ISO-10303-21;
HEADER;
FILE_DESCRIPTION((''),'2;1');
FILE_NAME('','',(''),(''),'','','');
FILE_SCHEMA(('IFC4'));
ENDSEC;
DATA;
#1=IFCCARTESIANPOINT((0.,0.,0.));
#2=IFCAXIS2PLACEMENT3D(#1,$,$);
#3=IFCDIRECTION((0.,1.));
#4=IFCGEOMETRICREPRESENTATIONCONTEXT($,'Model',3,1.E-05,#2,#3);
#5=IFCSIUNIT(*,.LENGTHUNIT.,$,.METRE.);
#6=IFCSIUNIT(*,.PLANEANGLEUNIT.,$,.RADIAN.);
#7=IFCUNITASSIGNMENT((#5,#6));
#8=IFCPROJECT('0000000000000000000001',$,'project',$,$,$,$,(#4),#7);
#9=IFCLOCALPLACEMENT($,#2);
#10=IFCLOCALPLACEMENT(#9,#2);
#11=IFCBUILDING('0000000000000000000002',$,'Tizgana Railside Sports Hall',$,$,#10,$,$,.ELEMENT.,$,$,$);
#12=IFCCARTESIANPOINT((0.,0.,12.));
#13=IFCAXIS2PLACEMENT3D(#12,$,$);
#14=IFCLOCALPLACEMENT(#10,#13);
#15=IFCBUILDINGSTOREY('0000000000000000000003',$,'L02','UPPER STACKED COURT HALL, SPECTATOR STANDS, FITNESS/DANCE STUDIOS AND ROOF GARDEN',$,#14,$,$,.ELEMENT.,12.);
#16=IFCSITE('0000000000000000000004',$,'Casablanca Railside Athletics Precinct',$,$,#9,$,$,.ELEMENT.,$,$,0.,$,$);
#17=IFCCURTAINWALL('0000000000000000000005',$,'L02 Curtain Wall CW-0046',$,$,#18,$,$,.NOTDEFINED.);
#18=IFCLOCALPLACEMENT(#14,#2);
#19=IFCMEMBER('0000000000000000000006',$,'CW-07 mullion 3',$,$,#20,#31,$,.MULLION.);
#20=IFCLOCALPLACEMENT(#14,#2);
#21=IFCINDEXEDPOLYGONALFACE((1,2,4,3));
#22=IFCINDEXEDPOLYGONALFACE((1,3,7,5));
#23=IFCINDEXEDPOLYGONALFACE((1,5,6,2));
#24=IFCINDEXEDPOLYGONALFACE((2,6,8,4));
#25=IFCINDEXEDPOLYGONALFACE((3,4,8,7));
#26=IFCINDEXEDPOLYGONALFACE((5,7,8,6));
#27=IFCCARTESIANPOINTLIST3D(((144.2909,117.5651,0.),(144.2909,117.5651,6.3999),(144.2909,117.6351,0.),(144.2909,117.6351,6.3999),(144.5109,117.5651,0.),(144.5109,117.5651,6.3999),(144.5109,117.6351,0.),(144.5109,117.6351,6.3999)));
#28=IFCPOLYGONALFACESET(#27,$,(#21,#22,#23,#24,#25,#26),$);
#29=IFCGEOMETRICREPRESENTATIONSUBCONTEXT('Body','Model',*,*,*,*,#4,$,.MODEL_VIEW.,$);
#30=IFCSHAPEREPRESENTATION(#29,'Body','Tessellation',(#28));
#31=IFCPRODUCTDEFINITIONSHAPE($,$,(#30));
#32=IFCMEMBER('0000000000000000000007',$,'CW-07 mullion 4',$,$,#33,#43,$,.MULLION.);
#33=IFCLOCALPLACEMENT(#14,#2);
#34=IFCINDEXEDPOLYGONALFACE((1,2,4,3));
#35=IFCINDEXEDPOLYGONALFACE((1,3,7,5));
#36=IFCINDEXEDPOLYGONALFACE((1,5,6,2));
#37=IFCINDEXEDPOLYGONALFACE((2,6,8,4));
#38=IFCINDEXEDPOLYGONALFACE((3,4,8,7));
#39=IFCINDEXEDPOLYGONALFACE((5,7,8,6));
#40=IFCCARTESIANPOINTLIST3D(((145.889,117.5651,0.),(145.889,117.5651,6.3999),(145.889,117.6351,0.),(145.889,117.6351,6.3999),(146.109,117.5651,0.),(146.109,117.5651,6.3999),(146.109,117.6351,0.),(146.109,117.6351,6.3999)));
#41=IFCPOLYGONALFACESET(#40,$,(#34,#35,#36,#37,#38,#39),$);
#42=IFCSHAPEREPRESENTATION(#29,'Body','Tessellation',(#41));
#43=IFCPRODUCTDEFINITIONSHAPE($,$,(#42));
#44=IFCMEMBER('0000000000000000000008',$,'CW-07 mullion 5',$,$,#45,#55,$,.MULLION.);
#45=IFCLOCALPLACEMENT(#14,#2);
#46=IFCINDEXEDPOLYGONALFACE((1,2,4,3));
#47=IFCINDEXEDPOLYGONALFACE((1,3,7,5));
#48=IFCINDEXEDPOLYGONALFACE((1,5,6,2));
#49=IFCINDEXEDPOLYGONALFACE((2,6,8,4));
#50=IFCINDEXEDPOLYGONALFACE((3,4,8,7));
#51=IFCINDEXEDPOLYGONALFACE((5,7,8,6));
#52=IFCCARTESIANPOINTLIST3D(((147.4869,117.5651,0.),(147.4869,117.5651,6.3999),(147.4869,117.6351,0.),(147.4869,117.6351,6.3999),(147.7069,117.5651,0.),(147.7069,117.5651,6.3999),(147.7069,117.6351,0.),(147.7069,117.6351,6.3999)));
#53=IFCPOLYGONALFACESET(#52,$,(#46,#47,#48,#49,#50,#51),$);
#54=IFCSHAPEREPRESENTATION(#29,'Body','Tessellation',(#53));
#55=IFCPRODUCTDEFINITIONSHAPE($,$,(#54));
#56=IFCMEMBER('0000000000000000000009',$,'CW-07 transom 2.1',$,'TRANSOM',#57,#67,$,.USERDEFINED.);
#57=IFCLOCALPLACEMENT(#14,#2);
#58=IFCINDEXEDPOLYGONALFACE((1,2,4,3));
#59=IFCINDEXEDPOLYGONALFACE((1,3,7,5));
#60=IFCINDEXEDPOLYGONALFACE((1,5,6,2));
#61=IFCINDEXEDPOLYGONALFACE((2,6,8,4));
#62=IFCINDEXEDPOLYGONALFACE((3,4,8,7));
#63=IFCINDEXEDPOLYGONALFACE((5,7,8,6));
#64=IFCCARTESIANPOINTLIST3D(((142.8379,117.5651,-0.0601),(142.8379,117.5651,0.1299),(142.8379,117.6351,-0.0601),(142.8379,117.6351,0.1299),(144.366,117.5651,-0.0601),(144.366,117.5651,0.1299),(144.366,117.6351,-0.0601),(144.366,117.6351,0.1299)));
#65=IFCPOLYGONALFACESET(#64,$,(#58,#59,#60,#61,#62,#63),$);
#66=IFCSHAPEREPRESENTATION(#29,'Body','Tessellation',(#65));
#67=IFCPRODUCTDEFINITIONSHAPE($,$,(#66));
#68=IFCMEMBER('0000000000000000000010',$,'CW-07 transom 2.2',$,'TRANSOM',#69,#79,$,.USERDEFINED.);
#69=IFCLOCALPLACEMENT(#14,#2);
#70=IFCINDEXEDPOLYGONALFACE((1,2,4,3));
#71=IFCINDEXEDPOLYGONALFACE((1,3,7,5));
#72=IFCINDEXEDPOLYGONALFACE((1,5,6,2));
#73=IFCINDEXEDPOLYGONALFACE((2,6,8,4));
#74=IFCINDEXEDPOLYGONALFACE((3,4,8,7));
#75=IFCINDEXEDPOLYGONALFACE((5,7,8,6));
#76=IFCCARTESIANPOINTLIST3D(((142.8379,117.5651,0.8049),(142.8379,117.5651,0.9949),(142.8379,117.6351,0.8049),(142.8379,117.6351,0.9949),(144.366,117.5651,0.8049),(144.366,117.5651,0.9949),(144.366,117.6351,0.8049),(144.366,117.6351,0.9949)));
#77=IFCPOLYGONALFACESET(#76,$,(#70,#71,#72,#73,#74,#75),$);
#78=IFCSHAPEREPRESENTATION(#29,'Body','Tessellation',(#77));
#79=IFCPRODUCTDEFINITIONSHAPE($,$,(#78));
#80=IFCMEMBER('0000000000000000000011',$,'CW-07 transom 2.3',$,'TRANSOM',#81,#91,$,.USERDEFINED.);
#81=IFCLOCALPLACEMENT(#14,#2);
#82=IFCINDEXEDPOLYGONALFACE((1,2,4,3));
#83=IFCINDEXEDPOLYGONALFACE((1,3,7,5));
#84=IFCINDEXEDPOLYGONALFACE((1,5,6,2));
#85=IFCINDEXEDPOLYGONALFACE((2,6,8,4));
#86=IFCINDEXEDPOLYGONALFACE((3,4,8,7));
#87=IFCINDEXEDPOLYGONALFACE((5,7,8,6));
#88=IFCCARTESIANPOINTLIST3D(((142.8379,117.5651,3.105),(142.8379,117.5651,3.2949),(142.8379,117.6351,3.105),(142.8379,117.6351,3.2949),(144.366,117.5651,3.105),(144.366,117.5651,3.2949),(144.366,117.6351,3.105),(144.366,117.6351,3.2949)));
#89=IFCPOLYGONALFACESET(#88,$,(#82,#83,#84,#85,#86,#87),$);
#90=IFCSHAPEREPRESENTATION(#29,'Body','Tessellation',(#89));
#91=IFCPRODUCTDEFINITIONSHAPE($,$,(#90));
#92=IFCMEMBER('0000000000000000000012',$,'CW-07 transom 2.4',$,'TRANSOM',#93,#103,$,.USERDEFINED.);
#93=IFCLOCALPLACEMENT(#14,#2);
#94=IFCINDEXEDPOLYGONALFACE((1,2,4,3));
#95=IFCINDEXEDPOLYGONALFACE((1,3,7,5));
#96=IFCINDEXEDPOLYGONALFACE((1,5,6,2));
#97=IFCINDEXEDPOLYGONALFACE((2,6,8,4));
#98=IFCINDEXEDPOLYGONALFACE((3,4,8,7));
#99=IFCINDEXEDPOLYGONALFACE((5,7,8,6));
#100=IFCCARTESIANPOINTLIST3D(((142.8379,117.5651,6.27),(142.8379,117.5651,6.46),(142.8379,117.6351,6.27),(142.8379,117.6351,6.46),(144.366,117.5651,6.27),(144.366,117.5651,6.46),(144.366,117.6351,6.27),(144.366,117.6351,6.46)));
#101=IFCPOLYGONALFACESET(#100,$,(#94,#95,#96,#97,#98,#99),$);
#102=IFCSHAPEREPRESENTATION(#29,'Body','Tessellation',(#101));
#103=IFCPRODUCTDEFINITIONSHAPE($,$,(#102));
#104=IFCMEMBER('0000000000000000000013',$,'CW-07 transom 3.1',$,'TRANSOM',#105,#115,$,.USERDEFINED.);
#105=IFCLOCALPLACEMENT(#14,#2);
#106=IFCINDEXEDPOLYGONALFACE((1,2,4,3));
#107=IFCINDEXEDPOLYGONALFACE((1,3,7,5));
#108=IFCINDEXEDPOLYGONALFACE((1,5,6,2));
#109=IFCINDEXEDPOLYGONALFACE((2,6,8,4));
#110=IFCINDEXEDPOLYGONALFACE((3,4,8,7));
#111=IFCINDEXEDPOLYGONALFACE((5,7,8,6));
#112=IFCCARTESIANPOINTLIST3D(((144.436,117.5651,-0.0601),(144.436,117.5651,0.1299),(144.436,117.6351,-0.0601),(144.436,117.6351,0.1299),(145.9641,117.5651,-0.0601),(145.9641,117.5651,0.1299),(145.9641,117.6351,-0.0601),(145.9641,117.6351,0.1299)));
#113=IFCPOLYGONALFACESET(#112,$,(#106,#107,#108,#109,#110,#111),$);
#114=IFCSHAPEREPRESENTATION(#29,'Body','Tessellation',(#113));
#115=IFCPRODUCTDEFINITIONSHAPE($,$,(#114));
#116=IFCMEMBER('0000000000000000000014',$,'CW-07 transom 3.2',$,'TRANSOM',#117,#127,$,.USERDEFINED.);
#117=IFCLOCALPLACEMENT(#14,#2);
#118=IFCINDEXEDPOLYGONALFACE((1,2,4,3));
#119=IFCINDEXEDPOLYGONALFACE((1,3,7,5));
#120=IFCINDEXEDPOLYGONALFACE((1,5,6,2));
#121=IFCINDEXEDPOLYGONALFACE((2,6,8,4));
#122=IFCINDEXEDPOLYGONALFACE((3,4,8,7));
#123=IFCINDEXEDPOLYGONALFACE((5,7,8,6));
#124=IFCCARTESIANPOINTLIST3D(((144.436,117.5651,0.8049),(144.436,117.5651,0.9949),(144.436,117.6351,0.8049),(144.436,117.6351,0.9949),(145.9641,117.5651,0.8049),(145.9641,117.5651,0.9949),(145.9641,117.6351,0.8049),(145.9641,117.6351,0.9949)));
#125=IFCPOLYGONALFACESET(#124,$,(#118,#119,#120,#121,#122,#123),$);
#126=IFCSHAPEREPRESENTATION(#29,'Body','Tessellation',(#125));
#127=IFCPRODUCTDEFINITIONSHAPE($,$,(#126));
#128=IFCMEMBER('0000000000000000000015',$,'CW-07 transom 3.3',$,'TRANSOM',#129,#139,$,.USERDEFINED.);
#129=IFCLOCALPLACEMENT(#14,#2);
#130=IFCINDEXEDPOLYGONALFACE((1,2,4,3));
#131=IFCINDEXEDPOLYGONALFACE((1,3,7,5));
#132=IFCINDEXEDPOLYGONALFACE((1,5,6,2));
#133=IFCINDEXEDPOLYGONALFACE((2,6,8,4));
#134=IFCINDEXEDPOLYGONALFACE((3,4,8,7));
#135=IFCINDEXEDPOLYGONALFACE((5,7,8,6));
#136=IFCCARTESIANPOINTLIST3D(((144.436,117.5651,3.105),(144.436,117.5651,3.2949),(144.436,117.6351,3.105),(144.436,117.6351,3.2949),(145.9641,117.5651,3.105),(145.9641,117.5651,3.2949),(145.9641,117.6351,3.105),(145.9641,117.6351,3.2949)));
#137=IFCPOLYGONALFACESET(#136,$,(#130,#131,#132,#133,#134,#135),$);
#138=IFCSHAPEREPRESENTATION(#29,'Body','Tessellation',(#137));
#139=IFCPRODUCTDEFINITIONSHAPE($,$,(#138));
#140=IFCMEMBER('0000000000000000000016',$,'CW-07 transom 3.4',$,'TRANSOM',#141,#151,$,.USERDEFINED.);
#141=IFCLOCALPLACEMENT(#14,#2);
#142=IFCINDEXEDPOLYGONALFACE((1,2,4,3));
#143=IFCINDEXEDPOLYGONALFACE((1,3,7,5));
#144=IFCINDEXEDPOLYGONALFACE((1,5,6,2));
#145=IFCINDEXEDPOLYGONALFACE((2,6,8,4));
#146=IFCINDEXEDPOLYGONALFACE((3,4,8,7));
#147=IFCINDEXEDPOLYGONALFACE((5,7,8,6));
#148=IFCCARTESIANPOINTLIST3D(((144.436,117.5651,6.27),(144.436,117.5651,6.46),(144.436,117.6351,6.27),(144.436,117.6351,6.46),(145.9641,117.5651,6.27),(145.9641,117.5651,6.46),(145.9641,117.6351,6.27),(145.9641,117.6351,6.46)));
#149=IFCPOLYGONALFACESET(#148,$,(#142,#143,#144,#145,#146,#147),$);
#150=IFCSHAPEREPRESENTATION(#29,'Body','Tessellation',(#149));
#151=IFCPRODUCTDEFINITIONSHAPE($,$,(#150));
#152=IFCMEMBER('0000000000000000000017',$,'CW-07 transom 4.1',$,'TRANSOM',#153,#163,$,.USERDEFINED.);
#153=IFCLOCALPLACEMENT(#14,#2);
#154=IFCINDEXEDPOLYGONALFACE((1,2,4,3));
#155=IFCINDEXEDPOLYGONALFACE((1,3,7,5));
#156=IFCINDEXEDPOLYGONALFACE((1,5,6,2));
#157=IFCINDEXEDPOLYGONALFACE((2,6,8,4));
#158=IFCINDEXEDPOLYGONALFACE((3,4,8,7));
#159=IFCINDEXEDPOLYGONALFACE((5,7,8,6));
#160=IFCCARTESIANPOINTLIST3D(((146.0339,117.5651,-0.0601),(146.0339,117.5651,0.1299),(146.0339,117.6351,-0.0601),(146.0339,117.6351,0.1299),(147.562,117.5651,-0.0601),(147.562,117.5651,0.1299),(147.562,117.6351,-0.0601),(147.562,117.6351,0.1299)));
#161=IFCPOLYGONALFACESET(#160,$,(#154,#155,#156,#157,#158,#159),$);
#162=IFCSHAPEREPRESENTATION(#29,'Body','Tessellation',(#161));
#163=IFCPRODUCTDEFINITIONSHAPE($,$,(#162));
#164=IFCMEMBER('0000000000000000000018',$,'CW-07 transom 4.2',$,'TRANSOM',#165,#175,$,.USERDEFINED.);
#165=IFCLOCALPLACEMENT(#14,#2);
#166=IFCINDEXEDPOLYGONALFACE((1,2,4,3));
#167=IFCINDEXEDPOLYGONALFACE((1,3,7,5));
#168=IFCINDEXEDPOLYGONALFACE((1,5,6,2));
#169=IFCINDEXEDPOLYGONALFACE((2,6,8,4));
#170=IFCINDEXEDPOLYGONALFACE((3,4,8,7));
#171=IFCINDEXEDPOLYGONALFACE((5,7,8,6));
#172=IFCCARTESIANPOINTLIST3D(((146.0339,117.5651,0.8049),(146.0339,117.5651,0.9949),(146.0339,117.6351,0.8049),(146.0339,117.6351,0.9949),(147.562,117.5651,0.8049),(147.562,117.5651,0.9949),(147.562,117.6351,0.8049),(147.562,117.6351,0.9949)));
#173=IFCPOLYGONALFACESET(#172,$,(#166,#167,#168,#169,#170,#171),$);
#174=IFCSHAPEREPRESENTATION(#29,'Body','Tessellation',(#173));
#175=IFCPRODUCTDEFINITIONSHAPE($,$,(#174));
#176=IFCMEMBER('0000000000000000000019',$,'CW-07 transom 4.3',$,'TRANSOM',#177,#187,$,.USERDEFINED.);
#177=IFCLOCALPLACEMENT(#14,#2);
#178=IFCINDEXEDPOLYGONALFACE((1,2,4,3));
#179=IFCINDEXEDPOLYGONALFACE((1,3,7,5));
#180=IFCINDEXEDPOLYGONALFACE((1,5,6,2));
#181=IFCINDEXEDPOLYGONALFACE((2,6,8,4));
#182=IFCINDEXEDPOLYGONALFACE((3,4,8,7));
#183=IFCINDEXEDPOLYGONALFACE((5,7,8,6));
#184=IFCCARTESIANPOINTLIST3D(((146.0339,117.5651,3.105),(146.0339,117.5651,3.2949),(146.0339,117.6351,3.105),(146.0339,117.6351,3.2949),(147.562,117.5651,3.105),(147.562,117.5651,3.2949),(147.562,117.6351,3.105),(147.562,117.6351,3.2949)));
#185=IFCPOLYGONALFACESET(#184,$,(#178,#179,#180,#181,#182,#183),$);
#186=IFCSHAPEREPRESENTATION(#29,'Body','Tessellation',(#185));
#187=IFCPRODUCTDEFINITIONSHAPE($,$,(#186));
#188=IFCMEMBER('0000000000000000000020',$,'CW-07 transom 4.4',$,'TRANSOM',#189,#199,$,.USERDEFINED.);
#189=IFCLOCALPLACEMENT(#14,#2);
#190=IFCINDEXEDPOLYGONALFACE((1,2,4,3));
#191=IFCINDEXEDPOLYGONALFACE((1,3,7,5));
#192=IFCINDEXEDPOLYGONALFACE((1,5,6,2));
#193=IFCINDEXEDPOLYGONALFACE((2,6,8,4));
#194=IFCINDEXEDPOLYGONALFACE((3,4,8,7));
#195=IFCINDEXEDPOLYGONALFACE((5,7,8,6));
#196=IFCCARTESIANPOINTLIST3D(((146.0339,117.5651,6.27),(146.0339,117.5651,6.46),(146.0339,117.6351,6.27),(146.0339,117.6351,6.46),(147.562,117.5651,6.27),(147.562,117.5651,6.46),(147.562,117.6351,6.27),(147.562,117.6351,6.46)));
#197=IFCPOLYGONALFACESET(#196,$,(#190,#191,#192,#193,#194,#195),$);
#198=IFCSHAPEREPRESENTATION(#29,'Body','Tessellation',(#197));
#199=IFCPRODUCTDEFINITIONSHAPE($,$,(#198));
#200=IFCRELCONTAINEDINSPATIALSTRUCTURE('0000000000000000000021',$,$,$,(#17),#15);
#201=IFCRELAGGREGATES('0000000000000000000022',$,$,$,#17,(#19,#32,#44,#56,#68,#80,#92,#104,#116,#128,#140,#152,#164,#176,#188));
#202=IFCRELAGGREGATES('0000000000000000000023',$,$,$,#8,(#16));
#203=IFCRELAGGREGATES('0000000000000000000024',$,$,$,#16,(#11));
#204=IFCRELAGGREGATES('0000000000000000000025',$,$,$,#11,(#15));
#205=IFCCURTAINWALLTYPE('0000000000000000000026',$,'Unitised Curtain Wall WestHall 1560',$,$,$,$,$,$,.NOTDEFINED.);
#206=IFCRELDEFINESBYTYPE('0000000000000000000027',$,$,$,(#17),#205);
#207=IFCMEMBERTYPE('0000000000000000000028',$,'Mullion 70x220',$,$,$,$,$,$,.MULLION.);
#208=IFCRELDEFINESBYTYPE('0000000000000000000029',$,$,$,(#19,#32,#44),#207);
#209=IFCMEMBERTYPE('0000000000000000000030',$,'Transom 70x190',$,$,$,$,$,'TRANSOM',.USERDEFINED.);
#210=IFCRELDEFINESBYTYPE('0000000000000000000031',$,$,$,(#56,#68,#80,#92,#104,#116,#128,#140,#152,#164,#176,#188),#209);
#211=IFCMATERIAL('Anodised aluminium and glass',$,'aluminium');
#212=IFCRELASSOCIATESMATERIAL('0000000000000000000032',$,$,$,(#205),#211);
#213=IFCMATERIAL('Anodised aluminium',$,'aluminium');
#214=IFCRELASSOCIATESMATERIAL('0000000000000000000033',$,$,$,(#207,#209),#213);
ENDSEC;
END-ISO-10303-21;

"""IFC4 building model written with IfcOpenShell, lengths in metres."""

from ifc_helpers import new_model, si_unit, direction, frame, origin, origin_2d, place, context, subcontext, project, spatial, rectangle, extrude, material, material_profile, profile_set, type_object, element, aggregate, save


model = new_model("IFC4")

# Units and contexts
model_context = context("Model", 3, precision=1e-05, world=origin(), true_north=direction((0.0, 1.0)))
body_context = subcontext(model_context, "Body", "Model", "MODEL_VIEW")
ifc_project = project(units=[si_unit("LENGTHUNIT", "METRE"), si_unit("PLANEANGLEUNIT", "RADIAN")], contexts=[model_context])

# Site, building, storey
site_placement = place(None, origin())
site = spatial("IfcSite", under=ifc_project, at=site_placement, Name="Casablanca Railside Athletics Precinct", CompositionType="ELEMENT", RefElevation=0.0)
building_placement = place(site_placement, origin())
building = spatial("IfcBuilding", under=site, at=building_placement, Name="Tizgana Railside Sports Hall", CompositionType="ELEMENT")
storey_placement = place(building_placement, frame((0.0, 0.0, 12.0)))
storey = spatial("IfcBuildingStorey", under=building, at=storey_placement, Name="L02", Description="UPPER STACKED COURT HALL, SPECTATOR STANDS, FITNESS/DANCE STUDIOS AND ROOF GARDEN", CompositionType="ELEMENT", Elevation=12.0)

# Curtain wall, members
ifc_material_1 = material(Name="Anodised aluminium and glass", Category="aluminium")
curtain_wall_type = type_object("IfcCurtainWallType", Name="Unitised Curtain Wall WestHall 1560", PredefinedType="NOTDEFINED", material=ifc_material_1)
curtain_wall_placement = place(storey_placement, origin())
curtain_wall = element("IfcCurtainWall", 1, at=curtain_wall_placement, inside=storey, type_object=curtain_wall_type, Name="L02 Curtain Wall CW-0046", PredefinedType="NOTDEFINED")
ifc_material_2 = material(Name="Anodised aluminium", Category="aluminium")
ifc_material_profile_1 = material_profile(ifc_material_2, rectangle(XDim=0.0701, YDim=0.22, at=origin_2d()), Name="Mullion 70x220")
ifc_profile_set_1 = profile_set([ifc_material_profile_1], Name="Anodised aluminium")
member_type_1 = type_object("IfcMemberType", Name="Mullion 70x220", PredefinedType="MULLION", material=ifc_profile_set_1)
member_1_placement = place(storey_placement, frame((144.4009, 117.6001, 0.0), z_axis=(0.0, 0.0, 1.0), x_axis=(0.0, 1.0, 0.0)))
member_1 = element("IfcMember", 2, at=member_1_placement, type_object=member_type_1, Name="CW-07 mullion 3", PredefinedType="MULLION", context=body_context, shape_type="SweptSolid", body=[
    extrude(rectangle(XDim=0.0701, YDim=0.22, at=origin_2d()), origin(), (0.0, 0.0, 1.0), 6.3999),
])
member_2_placement = place(storey_placement, frame((145.999, 117.6001, 0.0), z_axis=(0.0, 0.0, 1.0), x_axis=(0.0, 1.0, 0.0)))
member_2 = element("IfcMember", 3, at=member_2_placement, type_object=member_type_1, Name="CW-07 mullion 4", PredefinedType="MULLION", context=body_context, shape_type="SweptSolid", body=[
    extrude(rectangle(XDim=0.0701, YDim=0.22, at=origin_2d()), origin(), (0.0, 0.0, 1.0), 6.3999),
])
member_3_placement = place(storey_placement, frame((147.5969, 117.6001, 0.0), z_axis=(0.0, 0.0, 1.0), x_axis=(0.0, 1.0, 0.0)))
member_3 = element("IfcMember", 4, at=member_3_placement, type_object=member_type_1, Name="CW-07 mullion 5", PredefinedType="MULLION", context=body_context, shape_type="SweptSolid", body=[
    extrude(rectangle(XDim=0.0701, YDim=0.22, at=origin_2d()), origin(), (0.0, 0.0, 1.0), 6.3999),
])
ifc_material_profile_2 = material_profile(ifc_material_2, rectangle(XDim=0.0701, YDim=0.1899, at=origin_2d()), Name="Transom 70x190")
ifc_profile_set_2 = profile_set([ifc_material_profile_2], Name="Anodised aluminium")
member_type_2 = type_object("IfcMemberType", Name="Transom 70x190", ElementType="TRANSOM", PredefinedType="USERDEFINED", material=ifc_profile_set_2)
member_4_placement = place(storey_placement, frame((142.8379, 117.6001, 0.0349), z_axis=(1.0, 0.0, 0.0), x_axis=(0.0, 1.0, 0.0)))
member_4 = element("IfcMember", 5, at=member_4_placement, type_object=member_type_2, Name="CW-07 transom 2.1", ObjectType="TRANSOM", PredefinedType="USERDEFINED", context=body_context, shape_type="SweptSolid", body=[
    extrude(rectangle(XDim=0.0701, YDim=0.1899, at=origin_2d()), origin(), (0.0, 0.0, 1.0), 1.5281),
])
member_5_placement = place(storey_placement, frame((142.8379, 117.6001, 0.8999), z_axis=(1.0, 0.0, 0.0), x_axis=(0.0, 1.0, 0.0)))
member_5 = element("IfcMember", 6, at=member_5_placement, type_object=member_type_2, Name="CW-07 transom 2.2", ObjectType="TRANSOM", PredefinedType="USERDEFINED", context=body_context, shape_type="SweptSolid", body=[
    extrude(rectangle(XDim=0.0701, YDim=0.1899, at=origin_2d()), origin(), (0.0, 0.0, 1.0), 1.5281),
])
member_6_placement = place(storey_placement, frame((142.8379, 117.6001, 3.2), z_axis=(1.0, 0.0, 0.0), x_axis=(0.0, 1.0, 0.0)))
member_6 = element("IfcMember", 7, at=member_6_placement, type_object=member_type_2, Name="CW-07 transom 2.3", ObjectType="TRANSOM", PredefinedType="USERDEFINED", context=body_context, shape_type="SweptSolid", body=[
    extrude(rectangle(XDim=0.0701, YDim=0.1899, at=origin_2d()), origin(), (0.0, 0.0, 1.0), 1.5281),
])
member_7_placement = place(storey_placement, frame((142.8379, 117.6001, 6.365), z_axis=(1.0, 0.0, 0.0), x_axis=(0.0, 1.0, 0.0)))
member_7 = element("IfcMember", 8, at=member_7_placement, type_object=member_type_2, Name="CW-07 transom 2.4", ObjectType="TRANSOM", PredefinedType="USERDEFINED", context=body_context, shape_type="SweptSolid", body=[
    extrude(rectangle(XDim=0.0701, YDim=0.1899, at=origin_2d()), origin(), (0.0, 0.0, 1.0), 1.5281),
])
member_8_placement = place(storey_placement, frame((144.436, 117.6001, 0.0349), z_axis=(1.0, 0.0, 0.0), x_axis=(0.0, 1.0, 0.0)))
member_8 = element("IfcMember", 9, at=member_8_placement, type_object=member_type_2, Name="CW-07 transom 3.1", ObjectType="TRANSOM", PredefinedType="USERDEFINED", context=body_context, shape_type="SweptSolid", body=[
    extrude(rectangle(XDim=0.0701, YDim=0.1899, at=origin_2d()), origin(), (0.0, 0.0, 1.0), 1.5281),
])
member_9_placement = place(storey_placement, frame((144.436, 117.6001, 0.8999), z_axis=(1.0, 0.0, 0.0), x_axis=(0.0, 1.0, 0.0)))
member_9 = element("IfcMember", 10, at=member_9_placement, type_object=member_type_2, Name="CW-07 transom 3.2", ObjectType="TRANSOM", PredefinedType="USERDEFINED", context=body_context, shape_type="SweptSolid", body=[
    extrude(rectangle(XDim=0.0701, YDim=0.1899, at=origin_2d()), origin(), (0.0, 0.0, 1.0), 1.5281),
])
member_10_placement = place(storey_placement, frame((144.436, 117.6001, 3.2), z_axis=(1.0, 0.0, 0.0), x_axis=(0.0, 1.0, 0.0)))
member_10 = element("IfcMember", 11, at=member_10_placement, type_object=member_type_2, Name="CW-07 transom 3.3", ObjectType="TRANSOM", PredefinedType="USERDEFINED", context=body_context, shape_type="SweptSolid", body=[
    extrude(rectangle(XDim=0.0701, YDim=0.1899, at=origin_2d()), origin(), (0.0, 0.0, 1.0), 1.5281),
])
member_11_placement = place(storey_placement, frame((144.436, 117.6001, 6.365), z_axis=(1.0, 0.0, 0.0), x_axis=(0.0, 1.0, 0.0)))
member_11 = element("IfcMember", 12, at=member_11_placement, type_object=member_type_2, Name="CW-07 transom 3.4", ObjectType="TRANSOM", PredefinedType="USERDEFINED", context=body_context, shape_type="SweptSolid", body=[
    extrude(rectangle(XDim=0.0701, YDim=0.1899, at=origin_2d()), origin(), (0.0, 0.0, 1.0), 1.5281),
])
member_12_placement = place(storey_placement, frame((146.0339, 117.6001, 0.0349), z_axis=(1.0, 0.0, 0.0), x_axis=(0.0, 1.0, 0.0)))
member_12 = element("IfcMember", 13, at=member_12_placement, type_object=member_type_2, Name="CW-07 transom 4.1", ObjectType="TRANSOM", PredefinedType="USERDEFINED", context=body_context, shape_type="SweptSolid", body=[
    extrude(rectangle(XDim=0.0701, YDim=0.1899, at=origin_2d()), origin(), (0.0, 0.0, 1.0), 1.5281),
])
member_13_placement = place(storey_placement, frame((146.0339, 117.6001, 0.8999), z_axis=(1.0, 0.0, 0.0), x_axis=(0.0, 1.0, 0.0)))
member_13 = element("IfcMember", 14, at=member_13_placement, type_object=member_type_2, Name="CW-07 transom 4.2", ObjectType="TRANSOM", PredefinedType="USERDEFINED", context=body_context, shape_type="SweptSolid", body=[
    extrude(rectangle(XDim=0.0701, YDim=0.1899, at=origin_2d()), origin(), (0.0, 0.0, 1.0), 1.5281),
])
member_14_placement = place(storey_placement, frame((146.0339, 117.6001, 3.2), z_axis=(1.0, 0.0, 0.0), x_axis=(0.0, 1.0, 0.0)))
member_14 = element("IfcMember", 15, at=member_14_placement, type_object=member_type_2, Name="CW-07 transom 4.3", ObjectType="TRANSOM", PredefinedType="USERDEFINED", context=body_context, shape_type="SweptSolid", body=[
    extrude(rectangle(XDim=0.0701, YDim=0.1899, at=origin_2d()), origin(), (0.0, 0.0, 1.0), 1.5281),
])
member_15_placement = place(storey_placement, frame((146.0339, 117.6001, 6.365), z_axis=(1.0, 0.0, 0.0), x_axis=(0.0, 1.0, 0.0)))
member_15 = element("IfcMember", 16, at=member_15_placement, type_object=member_type_2, Name="CW-07 transom 4.4", ObjectType="TRANSOM", PredefinedType="USERDEFINED", context=body_context, shape_type="SweptSolid", body=[
    extrude(rectangle(XDim=0.0701, YDim=0.1899, at=origin_2d()), origin(), (0.0, 0.0, 1.0), 1.5281),
])
aggregate(curtain_wall, [member_1, member_2, member_3, member_4, member_5, member_6, member_7, member_8, member_9, member_10, member_11, member_12, member_13, member_14, member_15])

save(model, "model.ifc")
